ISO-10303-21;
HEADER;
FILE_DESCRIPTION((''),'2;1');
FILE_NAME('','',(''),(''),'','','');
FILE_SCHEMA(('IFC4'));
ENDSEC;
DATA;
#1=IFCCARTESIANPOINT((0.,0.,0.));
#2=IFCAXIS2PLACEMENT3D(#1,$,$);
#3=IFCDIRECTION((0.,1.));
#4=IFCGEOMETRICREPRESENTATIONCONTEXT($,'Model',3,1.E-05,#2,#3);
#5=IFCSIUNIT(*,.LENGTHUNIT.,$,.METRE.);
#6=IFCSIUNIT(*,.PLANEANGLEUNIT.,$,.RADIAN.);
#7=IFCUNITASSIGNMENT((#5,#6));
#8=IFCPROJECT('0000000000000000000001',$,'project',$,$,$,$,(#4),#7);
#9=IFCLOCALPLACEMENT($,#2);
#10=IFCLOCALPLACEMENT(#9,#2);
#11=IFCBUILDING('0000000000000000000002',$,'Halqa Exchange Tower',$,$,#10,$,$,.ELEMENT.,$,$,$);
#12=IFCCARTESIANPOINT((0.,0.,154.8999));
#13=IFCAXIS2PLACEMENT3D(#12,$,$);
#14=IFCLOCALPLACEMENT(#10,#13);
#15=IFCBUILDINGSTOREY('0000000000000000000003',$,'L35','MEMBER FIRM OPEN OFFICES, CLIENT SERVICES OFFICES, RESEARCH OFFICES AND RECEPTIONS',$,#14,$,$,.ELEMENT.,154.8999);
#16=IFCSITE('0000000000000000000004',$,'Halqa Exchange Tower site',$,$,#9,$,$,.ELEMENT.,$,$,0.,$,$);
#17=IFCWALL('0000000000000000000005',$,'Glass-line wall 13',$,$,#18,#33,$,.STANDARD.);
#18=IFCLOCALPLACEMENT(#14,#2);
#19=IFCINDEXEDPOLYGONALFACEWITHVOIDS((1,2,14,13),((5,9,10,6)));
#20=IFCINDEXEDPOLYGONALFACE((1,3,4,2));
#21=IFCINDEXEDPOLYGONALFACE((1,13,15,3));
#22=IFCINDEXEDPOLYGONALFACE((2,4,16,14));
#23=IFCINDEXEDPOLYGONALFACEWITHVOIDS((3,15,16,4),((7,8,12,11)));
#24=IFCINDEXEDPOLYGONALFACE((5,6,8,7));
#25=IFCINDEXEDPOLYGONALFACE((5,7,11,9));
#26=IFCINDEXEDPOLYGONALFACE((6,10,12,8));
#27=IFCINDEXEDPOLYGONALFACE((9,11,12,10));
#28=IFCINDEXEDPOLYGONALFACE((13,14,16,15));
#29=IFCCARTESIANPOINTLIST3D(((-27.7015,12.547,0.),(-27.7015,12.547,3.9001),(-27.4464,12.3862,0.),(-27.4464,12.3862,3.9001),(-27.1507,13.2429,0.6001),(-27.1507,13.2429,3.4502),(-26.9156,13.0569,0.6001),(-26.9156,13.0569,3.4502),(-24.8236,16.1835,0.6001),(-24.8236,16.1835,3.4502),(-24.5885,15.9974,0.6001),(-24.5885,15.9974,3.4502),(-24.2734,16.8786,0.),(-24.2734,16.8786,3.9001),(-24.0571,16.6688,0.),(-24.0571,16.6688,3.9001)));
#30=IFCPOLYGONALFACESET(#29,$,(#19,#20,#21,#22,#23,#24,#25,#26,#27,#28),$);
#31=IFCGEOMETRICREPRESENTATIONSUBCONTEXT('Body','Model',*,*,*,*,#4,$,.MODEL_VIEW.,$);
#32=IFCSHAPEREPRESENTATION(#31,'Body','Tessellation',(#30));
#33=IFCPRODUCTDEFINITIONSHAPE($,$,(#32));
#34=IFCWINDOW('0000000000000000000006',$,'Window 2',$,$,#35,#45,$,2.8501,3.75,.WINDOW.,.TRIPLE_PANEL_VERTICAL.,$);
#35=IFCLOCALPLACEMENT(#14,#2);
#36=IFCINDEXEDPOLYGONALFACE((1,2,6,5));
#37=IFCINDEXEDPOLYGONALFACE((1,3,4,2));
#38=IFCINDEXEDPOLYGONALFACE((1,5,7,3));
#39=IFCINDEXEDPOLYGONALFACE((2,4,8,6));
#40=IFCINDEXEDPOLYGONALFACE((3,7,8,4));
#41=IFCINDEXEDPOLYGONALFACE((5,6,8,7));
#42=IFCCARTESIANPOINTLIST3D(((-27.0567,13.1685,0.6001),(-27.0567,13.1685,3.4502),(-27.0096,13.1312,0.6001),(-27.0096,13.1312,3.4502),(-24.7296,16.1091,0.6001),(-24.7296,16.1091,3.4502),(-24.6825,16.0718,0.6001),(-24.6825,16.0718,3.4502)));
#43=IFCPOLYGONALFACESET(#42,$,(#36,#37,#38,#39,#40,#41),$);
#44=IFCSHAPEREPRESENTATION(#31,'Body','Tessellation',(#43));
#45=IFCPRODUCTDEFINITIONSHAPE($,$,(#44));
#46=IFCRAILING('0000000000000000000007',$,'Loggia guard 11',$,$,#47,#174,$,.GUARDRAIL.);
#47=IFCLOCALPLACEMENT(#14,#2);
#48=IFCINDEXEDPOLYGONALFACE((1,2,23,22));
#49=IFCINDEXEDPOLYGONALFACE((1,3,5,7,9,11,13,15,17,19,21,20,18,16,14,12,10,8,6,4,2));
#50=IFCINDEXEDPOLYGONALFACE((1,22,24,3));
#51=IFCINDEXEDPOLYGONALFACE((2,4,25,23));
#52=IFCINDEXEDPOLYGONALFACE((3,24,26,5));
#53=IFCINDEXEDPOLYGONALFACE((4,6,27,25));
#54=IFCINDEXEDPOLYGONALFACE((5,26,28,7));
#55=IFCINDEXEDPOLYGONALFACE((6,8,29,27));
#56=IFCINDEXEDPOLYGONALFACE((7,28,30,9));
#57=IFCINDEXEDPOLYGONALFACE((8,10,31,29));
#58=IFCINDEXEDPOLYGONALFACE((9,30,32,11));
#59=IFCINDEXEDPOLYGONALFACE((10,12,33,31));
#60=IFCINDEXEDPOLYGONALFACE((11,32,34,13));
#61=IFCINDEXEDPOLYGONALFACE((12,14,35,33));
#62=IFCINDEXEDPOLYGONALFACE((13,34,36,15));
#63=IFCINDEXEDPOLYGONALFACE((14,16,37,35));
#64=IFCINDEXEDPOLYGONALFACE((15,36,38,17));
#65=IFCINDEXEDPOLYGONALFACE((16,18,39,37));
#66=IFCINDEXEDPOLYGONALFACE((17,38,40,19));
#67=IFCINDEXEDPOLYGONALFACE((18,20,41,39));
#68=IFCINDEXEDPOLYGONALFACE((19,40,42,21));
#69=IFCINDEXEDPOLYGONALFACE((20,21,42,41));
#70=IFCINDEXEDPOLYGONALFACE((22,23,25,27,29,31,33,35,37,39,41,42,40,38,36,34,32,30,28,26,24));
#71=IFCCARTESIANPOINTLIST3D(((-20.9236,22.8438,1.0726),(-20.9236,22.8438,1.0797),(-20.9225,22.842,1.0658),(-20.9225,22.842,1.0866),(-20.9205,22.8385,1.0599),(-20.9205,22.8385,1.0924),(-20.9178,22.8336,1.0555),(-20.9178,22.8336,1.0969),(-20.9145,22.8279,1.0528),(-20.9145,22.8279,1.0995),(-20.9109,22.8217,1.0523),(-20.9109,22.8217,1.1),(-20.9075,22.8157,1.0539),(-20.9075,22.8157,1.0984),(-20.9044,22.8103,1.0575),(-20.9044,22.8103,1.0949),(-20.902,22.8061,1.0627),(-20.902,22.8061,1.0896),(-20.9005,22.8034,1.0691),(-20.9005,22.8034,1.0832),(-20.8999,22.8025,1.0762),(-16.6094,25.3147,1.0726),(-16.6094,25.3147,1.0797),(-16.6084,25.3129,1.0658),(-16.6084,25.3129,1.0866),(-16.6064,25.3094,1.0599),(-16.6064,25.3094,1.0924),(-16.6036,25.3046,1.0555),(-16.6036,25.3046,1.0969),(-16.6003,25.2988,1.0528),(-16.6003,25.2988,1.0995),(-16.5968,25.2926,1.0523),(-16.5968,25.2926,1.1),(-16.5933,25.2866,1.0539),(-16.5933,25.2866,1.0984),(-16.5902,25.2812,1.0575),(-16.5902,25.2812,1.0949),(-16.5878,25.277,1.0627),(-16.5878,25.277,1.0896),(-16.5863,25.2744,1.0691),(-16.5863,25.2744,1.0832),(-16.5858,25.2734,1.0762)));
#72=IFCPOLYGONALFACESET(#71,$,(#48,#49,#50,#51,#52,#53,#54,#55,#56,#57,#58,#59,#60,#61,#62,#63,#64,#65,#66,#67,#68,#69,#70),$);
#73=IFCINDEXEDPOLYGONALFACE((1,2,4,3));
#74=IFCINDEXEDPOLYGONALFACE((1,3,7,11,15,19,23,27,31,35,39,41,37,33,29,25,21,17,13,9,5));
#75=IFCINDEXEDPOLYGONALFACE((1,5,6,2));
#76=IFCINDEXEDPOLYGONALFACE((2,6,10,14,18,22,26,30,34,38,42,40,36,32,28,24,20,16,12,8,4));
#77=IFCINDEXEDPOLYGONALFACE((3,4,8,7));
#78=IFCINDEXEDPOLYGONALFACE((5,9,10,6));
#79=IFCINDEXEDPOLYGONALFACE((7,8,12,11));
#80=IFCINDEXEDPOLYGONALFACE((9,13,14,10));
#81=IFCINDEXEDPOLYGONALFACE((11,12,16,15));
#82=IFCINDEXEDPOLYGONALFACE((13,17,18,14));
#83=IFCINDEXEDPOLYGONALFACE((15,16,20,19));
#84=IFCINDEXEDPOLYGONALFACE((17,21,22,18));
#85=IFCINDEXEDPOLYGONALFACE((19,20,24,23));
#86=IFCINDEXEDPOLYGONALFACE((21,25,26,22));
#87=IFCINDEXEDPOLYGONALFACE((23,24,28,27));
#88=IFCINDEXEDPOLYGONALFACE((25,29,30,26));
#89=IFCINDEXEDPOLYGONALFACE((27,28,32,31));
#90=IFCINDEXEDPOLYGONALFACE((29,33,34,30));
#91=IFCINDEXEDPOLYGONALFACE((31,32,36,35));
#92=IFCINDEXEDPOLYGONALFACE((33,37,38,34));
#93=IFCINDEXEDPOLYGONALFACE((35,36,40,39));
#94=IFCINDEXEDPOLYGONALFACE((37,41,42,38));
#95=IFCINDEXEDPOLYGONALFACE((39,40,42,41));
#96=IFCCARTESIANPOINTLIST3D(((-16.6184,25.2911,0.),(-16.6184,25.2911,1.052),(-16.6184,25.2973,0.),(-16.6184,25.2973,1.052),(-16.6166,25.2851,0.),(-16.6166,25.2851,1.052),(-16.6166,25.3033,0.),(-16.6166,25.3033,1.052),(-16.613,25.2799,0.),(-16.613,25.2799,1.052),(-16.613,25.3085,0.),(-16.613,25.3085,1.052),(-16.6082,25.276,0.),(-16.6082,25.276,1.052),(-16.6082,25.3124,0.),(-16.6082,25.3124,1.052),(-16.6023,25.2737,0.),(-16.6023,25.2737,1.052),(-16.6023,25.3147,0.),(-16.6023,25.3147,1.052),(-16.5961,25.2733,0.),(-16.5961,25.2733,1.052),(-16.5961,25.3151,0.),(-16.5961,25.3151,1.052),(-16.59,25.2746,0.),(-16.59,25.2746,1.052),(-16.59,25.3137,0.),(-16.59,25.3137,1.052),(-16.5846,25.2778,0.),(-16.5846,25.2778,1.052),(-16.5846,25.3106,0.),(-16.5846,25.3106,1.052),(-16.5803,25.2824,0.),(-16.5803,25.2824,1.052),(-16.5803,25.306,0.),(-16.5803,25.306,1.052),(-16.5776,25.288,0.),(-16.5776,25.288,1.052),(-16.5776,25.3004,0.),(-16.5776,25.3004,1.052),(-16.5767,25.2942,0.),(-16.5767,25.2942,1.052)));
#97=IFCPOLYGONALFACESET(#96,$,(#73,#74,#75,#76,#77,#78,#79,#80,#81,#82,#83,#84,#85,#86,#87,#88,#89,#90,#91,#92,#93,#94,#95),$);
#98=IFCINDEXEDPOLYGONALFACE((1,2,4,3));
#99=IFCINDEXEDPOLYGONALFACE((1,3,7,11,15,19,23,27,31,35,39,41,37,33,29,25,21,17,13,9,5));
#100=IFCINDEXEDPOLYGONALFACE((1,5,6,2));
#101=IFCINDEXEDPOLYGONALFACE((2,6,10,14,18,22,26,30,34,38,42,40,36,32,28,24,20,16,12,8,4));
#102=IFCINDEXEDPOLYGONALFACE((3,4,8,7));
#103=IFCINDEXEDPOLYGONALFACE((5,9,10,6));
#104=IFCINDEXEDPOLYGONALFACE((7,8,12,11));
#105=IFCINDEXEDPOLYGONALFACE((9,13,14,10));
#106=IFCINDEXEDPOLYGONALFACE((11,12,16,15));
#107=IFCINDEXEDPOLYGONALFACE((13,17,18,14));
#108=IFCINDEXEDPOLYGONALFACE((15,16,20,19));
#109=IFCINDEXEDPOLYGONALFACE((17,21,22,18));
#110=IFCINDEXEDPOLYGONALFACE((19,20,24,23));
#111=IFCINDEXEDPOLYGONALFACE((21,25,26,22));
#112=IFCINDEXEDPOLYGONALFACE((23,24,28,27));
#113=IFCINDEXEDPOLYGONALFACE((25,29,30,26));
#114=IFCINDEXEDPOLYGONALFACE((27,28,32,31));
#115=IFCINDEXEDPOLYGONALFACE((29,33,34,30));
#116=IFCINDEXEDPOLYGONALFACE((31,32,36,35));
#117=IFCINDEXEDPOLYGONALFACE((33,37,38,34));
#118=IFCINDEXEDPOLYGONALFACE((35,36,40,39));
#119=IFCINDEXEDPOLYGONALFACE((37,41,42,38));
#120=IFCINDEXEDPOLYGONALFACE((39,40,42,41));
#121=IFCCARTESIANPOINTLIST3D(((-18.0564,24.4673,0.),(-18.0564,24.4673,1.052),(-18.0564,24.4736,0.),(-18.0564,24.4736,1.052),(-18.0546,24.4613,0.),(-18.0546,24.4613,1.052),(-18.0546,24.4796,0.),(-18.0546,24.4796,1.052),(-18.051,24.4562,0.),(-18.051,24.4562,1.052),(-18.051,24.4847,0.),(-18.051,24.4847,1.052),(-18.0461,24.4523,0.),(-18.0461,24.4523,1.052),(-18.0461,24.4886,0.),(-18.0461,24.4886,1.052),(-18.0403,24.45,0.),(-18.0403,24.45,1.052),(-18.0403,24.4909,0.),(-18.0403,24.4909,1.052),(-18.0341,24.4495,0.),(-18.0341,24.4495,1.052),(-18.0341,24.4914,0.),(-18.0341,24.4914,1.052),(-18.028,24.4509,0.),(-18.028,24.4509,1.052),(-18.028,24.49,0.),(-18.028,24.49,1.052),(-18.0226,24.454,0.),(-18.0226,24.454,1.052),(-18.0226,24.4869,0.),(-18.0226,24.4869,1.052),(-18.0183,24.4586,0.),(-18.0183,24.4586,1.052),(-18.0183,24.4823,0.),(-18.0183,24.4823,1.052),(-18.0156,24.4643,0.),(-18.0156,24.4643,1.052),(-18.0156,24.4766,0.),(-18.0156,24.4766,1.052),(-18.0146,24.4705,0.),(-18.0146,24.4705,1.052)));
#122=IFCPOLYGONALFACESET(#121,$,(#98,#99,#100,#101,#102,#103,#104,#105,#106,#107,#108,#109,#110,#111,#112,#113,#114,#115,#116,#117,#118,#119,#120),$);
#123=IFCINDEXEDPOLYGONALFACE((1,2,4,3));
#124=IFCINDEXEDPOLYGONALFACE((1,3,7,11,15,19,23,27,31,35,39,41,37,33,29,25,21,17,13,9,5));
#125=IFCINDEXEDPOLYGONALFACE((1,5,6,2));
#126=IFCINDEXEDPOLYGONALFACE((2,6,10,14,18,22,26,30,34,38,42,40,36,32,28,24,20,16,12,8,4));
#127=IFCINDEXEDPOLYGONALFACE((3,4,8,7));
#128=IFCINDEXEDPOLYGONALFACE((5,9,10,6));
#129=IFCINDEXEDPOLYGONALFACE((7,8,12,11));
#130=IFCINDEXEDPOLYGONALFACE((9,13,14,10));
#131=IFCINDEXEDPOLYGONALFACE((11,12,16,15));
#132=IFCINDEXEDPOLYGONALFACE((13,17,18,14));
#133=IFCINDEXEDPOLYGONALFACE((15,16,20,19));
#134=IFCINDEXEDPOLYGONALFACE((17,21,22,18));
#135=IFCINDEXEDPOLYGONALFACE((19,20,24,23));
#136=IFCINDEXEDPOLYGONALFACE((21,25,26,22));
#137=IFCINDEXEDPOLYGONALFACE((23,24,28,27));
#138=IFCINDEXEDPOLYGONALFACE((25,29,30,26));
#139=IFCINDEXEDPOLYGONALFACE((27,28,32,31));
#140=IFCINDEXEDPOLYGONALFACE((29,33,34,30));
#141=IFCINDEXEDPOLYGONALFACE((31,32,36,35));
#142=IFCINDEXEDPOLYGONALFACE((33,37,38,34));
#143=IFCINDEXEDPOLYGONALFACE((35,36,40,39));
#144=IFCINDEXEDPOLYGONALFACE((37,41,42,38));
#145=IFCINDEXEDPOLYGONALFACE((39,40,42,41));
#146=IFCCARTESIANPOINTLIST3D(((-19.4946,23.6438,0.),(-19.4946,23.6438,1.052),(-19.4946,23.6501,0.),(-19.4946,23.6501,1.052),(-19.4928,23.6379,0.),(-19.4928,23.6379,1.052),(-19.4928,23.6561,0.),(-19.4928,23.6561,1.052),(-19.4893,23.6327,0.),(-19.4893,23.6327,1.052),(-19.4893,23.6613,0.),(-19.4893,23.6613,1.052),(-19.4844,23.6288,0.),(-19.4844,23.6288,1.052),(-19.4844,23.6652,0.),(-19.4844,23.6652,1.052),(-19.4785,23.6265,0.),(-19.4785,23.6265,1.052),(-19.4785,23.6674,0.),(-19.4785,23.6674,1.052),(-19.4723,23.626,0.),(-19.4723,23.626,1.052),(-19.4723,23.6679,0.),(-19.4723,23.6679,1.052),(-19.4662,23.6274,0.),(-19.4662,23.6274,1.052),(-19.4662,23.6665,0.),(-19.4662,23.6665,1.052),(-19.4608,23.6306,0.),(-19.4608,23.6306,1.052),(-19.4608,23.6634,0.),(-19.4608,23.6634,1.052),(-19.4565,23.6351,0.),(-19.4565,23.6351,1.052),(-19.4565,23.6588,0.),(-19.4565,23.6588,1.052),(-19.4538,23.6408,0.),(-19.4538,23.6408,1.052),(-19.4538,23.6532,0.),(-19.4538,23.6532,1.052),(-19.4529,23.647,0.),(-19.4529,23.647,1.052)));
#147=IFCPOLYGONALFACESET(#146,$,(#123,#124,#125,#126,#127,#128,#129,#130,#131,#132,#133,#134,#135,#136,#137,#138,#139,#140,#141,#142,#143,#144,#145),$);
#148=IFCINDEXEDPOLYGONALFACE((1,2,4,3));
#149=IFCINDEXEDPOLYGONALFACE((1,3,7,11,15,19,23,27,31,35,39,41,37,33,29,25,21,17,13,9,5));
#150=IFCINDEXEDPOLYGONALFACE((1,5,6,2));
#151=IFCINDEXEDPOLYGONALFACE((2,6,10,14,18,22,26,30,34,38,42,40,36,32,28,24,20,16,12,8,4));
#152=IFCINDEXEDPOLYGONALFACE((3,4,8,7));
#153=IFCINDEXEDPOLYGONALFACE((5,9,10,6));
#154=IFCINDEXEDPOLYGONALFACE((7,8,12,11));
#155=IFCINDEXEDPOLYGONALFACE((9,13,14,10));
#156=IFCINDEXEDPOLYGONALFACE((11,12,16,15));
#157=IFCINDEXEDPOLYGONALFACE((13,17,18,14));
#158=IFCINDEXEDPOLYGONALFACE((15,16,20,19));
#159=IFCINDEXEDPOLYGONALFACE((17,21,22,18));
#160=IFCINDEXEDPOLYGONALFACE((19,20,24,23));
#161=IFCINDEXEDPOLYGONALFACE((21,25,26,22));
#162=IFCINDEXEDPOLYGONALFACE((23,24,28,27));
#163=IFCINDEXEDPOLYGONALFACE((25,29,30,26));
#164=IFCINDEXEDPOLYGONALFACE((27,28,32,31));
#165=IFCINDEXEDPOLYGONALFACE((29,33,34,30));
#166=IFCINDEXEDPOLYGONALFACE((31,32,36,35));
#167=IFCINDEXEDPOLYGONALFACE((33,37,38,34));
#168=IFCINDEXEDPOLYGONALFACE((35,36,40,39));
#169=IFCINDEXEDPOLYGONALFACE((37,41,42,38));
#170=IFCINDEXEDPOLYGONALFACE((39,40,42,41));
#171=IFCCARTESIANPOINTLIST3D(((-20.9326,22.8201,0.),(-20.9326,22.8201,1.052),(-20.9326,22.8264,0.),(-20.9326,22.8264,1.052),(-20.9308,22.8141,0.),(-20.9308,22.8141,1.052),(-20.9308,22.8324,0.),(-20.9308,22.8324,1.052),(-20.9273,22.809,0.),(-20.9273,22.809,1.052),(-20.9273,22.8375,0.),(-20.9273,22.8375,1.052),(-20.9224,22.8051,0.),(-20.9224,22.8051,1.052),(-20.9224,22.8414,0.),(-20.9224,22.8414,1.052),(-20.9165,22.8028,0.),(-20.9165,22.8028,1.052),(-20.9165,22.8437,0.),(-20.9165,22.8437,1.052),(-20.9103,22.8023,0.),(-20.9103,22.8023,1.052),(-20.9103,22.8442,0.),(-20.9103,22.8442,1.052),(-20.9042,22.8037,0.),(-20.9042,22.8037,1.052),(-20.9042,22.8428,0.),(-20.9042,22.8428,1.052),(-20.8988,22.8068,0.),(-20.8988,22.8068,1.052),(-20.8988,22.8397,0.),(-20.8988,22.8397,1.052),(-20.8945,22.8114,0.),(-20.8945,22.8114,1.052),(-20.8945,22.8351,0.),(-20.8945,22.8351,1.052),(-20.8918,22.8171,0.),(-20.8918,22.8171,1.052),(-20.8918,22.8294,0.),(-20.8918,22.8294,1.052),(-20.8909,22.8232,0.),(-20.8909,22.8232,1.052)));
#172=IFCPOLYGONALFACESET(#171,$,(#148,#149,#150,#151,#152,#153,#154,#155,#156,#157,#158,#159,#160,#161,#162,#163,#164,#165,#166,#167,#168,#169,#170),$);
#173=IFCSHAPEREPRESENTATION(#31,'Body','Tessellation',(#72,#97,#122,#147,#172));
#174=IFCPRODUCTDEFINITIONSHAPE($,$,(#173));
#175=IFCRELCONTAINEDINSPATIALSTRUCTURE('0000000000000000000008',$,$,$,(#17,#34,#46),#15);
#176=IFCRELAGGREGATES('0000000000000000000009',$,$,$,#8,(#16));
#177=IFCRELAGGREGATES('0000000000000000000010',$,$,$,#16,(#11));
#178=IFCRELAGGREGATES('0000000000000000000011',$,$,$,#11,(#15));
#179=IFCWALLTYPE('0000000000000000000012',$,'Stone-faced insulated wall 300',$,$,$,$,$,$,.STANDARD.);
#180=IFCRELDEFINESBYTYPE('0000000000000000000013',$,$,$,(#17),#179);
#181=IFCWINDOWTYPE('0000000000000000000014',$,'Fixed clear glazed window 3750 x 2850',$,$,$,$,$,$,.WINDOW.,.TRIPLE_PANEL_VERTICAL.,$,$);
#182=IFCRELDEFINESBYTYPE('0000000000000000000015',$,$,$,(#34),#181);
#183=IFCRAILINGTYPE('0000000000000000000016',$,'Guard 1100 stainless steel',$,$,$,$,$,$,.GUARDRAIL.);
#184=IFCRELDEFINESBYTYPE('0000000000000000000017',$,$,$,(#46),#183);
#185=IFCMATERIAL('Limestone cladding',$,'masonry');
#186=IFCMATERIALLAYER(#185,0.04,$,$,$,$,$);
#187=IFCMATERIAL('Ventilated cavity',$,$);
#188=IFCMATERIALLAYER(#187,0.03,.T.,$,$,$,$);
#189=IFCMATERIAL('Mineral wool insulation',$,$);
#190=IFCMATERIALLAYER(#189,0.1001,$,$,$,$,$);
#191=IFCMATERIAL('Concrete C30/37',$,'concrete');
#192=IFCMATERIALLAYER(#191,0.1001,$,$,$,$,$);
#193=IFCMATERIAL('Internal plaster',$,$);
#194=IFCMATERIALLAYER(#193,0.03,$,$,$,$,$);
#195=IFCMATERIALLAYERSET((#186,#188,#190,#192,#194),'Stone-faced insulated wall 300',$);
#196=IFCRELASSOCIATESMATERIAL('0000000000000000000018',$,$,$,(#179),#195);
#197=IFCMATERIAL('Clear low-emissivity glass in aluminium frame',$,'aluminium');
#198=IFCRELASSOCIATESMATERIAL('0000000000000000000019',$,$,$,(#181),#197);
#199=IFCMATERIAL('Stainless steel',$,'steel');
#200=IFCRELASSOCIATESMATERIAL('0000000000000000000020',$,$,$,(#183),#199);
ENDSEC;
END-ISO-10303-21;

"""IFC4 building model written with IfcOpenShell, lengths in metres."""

from ifc_helpers import new_model, si_unit, direction, frame, frame_2d, origin, origin_2d, place, context, subcontext, project, spatial, polyline, rectangle, circle, outline, extrude, material, layer, layer_set, type_object, element, fill, save


model = new_model("IFC4")

# Units and contexts
model_context = context("Model", 3, precision=1e-05, world=origin(), true_north=direction((0.0, 1.0)))
body_context = subcontext(model_context, "Body", "Model", "MODEL_VIEW")
ifc_project = project(units=[si_unit("LENGTHUNIT", "METRE"), si_unit("PLANEANGLEUNIT", "RADIAN")], contexts=[model_context])

# Site, building, storey
site_placement = place(None, origin())
site = spatial("IfcSite", under=ifc_project, at=site_placement, Name="Halqa Exchange Tower site", CompositionType="ELEMENT", RefElevation=0.0)
building_placement = place(site_placement, origin())
building = spatial("IfcBuilding", under=site, at=building_placement, Name="Halqa Exchange Tower", CompositionType="ELEMENT")
storey_placement = place(building_placement, frame((0.0, 0.0, 154.8999)))
storey = spatial("IfcBuildingStorey", under=building, at=storey_placement, Name="L35", Description="MEMBER FIRM OPEN OFFICES, CLIENT SERVICES OFFICES, RESEARCH OFFICES AND RECEPTIONS", CompositionType="ELEMENT", Elevation=154.8999)

# Shared definitions
ifc_material_1 = material(Name="Limestone cladding", Category="masonry")
ifc_layer_1 = layer(ifc_material_1, 0.04)
ifc_material_2 = material(Name="Ventilated cavity")
ifc_layer_2 = layer(ifc_material_2, 0.03, ventilated=True)
ifc_material_3 = material(Name="Mineral wool insulation")
ifc_layer_3 = layer(ifc_material_3, 0.1001)
ifc_material_4 = material(Name="Concrete C30/37", Category="concrete")
ifc_layer_4 = layer(ifc_material_4, 0.1001)
ifc_material_5 = material(Name="Internal plaster")
ifc_layer_5 = layer(ifc_material_5, 0.03)
ifc_layer_set_1 = layer_set([ifc_layer_1, ifc_layer_2, ifc_layer_3, ifc_layer_4, ifc_layer_5], Name="Stone-faced insulated wall 300")
wall_type_1 = type_object("IfcWallType", Name="Stone-faced insulated wall 300", PredefinedType="STANDARD", material=ifc_layer_set_1)
ifc_material_6 = material(Name="Clear low-emissivity glass in aluminium frame", Category="aluminium")
window_type = type_object("IfcWindowType", Name="Fixed clear glazed window 3750 x 2850", PartitioningType="TRIPLE_PANEL_VERTICAL", PredefinedType="WINDOW", material=ifc_material_6)

# Wall, opening, window
wall_1_placement = place(storey_placement, frame((-24.1653, 16.7737, 0.0), z_axis=(0.0, 0.0, 1.0), x_axis=(-0.620578, -0.784145, 0.0)))
wall_1 = element("IfcWall", 1, at=wall_1_placement, inside=storey, type_object=wall_type_1, Name="Glass-line wall 13", PredefinedType="STANDARD", context=body_context, shape_type="SweptSolid", body=[
    extrude(outline(polyline([(-0.0151, -0.1499), (5.5088, -0.1499), (5.4766, 0.1499), (0.0151, 0.1499), (-0.0151, -0.1499)])), origin(), (0.0, 0.0, 1.0), 3.9001),
])
opening_1_placement = place(wall_1_placement, frame((0.8713, 0.0, 0.6001)))
opening_1 = element("IfcOpeningElement", 2, at=opening_1_placement, cuts=wall_1, PredefinedType="OPENING", context=body_context, shape_type="SweptSolid", body=[
    extrude(rectangle(XDim=3.75, YDim=2.8501, at=frame_2d((1.875, 1.425))), frame((0.0, 0.1621, 0.0), z_axis=(0.0, -1.0, 0.0), x_axis=(1.0, 0.0, 0.0)), (0.0, 0.0, 1.0), 0.324),
])
window_1_placement = place(opening_1_placement, origin())
window_1 = element("IfcWindow", 3, at=window_1_placement, inside=storey, type_object=window_type, Name="Window 2", OverallHeight=2.8501, OverallWidth=3.75, PartitioningType="TRIPLE_PANEL_VERTICAL", PredefinedType="WINDOW", context=body_context, shape_type="SweptSolid", body=[
    extrude(rectangle(XDim=3.75, YDim=2.8501, at=frame_2d((1.875, 1.425))), frame((0.0, 0.03, 0.0), z_axis=(0.0, -1.0, 0.0), x_axis=(1.0, 0.0, 0.0)), (0.0, 0.0, 1.0), 0.0601),
])
fill(opening_1, window_1)

# Railing
ifc_material_7 = material(Name="Stainless steel", Category="steel")
railing_type = type_object("IfcRailingType", Name="Guard 1100 stainless steel", PredefinedType="GUARDRAIL", material=ifc_material_7)
railing_1_placement = place(storey_placement, frame((-16.5977, 25.2942, 0.0)))
element("IfcRailing", 4, at=railing_1_placement, inside=storey, type_object=railing_type, Name="Loggia guard 11", PredefinedType="GUARDRAIL", context=body_context, shape_type="SweptSolid", body=[
    extrude(circle(Radius=0.0239, at=origin_2d()), frame((0.0, 0.0, 1.0762), z_axis=(-0.86775, -0.497001, 0.0), x_axis=(0.497001, -0.86775, 0.0)), (0.0, 0.0, 1.0), 4.9717),
    extrude(circle(Radius=0.021, at=origin_2d()), origin(), (0.0, 0.0, 1.0), 1.052),
    extrude(circle(Radius=0.021, at=origin_2d()), frame((-1.438, -0.8237, 0.0)), (0.0, 0.0, 1.0), 1.052),
    extrude(circle(Radius=0.021, at=origin_2d()), frame((-2.8762, -1.6472, 0.0)), (0.0, 0.0, 1.0), 1.052),
    extrude(circle(Radius=0.021, at=origin_2d()), frame((-4.3142, -2.4709, 0.0)), (0.0, 0.0, 1.0), 1.052),
])

save(model, "model.ifc")
